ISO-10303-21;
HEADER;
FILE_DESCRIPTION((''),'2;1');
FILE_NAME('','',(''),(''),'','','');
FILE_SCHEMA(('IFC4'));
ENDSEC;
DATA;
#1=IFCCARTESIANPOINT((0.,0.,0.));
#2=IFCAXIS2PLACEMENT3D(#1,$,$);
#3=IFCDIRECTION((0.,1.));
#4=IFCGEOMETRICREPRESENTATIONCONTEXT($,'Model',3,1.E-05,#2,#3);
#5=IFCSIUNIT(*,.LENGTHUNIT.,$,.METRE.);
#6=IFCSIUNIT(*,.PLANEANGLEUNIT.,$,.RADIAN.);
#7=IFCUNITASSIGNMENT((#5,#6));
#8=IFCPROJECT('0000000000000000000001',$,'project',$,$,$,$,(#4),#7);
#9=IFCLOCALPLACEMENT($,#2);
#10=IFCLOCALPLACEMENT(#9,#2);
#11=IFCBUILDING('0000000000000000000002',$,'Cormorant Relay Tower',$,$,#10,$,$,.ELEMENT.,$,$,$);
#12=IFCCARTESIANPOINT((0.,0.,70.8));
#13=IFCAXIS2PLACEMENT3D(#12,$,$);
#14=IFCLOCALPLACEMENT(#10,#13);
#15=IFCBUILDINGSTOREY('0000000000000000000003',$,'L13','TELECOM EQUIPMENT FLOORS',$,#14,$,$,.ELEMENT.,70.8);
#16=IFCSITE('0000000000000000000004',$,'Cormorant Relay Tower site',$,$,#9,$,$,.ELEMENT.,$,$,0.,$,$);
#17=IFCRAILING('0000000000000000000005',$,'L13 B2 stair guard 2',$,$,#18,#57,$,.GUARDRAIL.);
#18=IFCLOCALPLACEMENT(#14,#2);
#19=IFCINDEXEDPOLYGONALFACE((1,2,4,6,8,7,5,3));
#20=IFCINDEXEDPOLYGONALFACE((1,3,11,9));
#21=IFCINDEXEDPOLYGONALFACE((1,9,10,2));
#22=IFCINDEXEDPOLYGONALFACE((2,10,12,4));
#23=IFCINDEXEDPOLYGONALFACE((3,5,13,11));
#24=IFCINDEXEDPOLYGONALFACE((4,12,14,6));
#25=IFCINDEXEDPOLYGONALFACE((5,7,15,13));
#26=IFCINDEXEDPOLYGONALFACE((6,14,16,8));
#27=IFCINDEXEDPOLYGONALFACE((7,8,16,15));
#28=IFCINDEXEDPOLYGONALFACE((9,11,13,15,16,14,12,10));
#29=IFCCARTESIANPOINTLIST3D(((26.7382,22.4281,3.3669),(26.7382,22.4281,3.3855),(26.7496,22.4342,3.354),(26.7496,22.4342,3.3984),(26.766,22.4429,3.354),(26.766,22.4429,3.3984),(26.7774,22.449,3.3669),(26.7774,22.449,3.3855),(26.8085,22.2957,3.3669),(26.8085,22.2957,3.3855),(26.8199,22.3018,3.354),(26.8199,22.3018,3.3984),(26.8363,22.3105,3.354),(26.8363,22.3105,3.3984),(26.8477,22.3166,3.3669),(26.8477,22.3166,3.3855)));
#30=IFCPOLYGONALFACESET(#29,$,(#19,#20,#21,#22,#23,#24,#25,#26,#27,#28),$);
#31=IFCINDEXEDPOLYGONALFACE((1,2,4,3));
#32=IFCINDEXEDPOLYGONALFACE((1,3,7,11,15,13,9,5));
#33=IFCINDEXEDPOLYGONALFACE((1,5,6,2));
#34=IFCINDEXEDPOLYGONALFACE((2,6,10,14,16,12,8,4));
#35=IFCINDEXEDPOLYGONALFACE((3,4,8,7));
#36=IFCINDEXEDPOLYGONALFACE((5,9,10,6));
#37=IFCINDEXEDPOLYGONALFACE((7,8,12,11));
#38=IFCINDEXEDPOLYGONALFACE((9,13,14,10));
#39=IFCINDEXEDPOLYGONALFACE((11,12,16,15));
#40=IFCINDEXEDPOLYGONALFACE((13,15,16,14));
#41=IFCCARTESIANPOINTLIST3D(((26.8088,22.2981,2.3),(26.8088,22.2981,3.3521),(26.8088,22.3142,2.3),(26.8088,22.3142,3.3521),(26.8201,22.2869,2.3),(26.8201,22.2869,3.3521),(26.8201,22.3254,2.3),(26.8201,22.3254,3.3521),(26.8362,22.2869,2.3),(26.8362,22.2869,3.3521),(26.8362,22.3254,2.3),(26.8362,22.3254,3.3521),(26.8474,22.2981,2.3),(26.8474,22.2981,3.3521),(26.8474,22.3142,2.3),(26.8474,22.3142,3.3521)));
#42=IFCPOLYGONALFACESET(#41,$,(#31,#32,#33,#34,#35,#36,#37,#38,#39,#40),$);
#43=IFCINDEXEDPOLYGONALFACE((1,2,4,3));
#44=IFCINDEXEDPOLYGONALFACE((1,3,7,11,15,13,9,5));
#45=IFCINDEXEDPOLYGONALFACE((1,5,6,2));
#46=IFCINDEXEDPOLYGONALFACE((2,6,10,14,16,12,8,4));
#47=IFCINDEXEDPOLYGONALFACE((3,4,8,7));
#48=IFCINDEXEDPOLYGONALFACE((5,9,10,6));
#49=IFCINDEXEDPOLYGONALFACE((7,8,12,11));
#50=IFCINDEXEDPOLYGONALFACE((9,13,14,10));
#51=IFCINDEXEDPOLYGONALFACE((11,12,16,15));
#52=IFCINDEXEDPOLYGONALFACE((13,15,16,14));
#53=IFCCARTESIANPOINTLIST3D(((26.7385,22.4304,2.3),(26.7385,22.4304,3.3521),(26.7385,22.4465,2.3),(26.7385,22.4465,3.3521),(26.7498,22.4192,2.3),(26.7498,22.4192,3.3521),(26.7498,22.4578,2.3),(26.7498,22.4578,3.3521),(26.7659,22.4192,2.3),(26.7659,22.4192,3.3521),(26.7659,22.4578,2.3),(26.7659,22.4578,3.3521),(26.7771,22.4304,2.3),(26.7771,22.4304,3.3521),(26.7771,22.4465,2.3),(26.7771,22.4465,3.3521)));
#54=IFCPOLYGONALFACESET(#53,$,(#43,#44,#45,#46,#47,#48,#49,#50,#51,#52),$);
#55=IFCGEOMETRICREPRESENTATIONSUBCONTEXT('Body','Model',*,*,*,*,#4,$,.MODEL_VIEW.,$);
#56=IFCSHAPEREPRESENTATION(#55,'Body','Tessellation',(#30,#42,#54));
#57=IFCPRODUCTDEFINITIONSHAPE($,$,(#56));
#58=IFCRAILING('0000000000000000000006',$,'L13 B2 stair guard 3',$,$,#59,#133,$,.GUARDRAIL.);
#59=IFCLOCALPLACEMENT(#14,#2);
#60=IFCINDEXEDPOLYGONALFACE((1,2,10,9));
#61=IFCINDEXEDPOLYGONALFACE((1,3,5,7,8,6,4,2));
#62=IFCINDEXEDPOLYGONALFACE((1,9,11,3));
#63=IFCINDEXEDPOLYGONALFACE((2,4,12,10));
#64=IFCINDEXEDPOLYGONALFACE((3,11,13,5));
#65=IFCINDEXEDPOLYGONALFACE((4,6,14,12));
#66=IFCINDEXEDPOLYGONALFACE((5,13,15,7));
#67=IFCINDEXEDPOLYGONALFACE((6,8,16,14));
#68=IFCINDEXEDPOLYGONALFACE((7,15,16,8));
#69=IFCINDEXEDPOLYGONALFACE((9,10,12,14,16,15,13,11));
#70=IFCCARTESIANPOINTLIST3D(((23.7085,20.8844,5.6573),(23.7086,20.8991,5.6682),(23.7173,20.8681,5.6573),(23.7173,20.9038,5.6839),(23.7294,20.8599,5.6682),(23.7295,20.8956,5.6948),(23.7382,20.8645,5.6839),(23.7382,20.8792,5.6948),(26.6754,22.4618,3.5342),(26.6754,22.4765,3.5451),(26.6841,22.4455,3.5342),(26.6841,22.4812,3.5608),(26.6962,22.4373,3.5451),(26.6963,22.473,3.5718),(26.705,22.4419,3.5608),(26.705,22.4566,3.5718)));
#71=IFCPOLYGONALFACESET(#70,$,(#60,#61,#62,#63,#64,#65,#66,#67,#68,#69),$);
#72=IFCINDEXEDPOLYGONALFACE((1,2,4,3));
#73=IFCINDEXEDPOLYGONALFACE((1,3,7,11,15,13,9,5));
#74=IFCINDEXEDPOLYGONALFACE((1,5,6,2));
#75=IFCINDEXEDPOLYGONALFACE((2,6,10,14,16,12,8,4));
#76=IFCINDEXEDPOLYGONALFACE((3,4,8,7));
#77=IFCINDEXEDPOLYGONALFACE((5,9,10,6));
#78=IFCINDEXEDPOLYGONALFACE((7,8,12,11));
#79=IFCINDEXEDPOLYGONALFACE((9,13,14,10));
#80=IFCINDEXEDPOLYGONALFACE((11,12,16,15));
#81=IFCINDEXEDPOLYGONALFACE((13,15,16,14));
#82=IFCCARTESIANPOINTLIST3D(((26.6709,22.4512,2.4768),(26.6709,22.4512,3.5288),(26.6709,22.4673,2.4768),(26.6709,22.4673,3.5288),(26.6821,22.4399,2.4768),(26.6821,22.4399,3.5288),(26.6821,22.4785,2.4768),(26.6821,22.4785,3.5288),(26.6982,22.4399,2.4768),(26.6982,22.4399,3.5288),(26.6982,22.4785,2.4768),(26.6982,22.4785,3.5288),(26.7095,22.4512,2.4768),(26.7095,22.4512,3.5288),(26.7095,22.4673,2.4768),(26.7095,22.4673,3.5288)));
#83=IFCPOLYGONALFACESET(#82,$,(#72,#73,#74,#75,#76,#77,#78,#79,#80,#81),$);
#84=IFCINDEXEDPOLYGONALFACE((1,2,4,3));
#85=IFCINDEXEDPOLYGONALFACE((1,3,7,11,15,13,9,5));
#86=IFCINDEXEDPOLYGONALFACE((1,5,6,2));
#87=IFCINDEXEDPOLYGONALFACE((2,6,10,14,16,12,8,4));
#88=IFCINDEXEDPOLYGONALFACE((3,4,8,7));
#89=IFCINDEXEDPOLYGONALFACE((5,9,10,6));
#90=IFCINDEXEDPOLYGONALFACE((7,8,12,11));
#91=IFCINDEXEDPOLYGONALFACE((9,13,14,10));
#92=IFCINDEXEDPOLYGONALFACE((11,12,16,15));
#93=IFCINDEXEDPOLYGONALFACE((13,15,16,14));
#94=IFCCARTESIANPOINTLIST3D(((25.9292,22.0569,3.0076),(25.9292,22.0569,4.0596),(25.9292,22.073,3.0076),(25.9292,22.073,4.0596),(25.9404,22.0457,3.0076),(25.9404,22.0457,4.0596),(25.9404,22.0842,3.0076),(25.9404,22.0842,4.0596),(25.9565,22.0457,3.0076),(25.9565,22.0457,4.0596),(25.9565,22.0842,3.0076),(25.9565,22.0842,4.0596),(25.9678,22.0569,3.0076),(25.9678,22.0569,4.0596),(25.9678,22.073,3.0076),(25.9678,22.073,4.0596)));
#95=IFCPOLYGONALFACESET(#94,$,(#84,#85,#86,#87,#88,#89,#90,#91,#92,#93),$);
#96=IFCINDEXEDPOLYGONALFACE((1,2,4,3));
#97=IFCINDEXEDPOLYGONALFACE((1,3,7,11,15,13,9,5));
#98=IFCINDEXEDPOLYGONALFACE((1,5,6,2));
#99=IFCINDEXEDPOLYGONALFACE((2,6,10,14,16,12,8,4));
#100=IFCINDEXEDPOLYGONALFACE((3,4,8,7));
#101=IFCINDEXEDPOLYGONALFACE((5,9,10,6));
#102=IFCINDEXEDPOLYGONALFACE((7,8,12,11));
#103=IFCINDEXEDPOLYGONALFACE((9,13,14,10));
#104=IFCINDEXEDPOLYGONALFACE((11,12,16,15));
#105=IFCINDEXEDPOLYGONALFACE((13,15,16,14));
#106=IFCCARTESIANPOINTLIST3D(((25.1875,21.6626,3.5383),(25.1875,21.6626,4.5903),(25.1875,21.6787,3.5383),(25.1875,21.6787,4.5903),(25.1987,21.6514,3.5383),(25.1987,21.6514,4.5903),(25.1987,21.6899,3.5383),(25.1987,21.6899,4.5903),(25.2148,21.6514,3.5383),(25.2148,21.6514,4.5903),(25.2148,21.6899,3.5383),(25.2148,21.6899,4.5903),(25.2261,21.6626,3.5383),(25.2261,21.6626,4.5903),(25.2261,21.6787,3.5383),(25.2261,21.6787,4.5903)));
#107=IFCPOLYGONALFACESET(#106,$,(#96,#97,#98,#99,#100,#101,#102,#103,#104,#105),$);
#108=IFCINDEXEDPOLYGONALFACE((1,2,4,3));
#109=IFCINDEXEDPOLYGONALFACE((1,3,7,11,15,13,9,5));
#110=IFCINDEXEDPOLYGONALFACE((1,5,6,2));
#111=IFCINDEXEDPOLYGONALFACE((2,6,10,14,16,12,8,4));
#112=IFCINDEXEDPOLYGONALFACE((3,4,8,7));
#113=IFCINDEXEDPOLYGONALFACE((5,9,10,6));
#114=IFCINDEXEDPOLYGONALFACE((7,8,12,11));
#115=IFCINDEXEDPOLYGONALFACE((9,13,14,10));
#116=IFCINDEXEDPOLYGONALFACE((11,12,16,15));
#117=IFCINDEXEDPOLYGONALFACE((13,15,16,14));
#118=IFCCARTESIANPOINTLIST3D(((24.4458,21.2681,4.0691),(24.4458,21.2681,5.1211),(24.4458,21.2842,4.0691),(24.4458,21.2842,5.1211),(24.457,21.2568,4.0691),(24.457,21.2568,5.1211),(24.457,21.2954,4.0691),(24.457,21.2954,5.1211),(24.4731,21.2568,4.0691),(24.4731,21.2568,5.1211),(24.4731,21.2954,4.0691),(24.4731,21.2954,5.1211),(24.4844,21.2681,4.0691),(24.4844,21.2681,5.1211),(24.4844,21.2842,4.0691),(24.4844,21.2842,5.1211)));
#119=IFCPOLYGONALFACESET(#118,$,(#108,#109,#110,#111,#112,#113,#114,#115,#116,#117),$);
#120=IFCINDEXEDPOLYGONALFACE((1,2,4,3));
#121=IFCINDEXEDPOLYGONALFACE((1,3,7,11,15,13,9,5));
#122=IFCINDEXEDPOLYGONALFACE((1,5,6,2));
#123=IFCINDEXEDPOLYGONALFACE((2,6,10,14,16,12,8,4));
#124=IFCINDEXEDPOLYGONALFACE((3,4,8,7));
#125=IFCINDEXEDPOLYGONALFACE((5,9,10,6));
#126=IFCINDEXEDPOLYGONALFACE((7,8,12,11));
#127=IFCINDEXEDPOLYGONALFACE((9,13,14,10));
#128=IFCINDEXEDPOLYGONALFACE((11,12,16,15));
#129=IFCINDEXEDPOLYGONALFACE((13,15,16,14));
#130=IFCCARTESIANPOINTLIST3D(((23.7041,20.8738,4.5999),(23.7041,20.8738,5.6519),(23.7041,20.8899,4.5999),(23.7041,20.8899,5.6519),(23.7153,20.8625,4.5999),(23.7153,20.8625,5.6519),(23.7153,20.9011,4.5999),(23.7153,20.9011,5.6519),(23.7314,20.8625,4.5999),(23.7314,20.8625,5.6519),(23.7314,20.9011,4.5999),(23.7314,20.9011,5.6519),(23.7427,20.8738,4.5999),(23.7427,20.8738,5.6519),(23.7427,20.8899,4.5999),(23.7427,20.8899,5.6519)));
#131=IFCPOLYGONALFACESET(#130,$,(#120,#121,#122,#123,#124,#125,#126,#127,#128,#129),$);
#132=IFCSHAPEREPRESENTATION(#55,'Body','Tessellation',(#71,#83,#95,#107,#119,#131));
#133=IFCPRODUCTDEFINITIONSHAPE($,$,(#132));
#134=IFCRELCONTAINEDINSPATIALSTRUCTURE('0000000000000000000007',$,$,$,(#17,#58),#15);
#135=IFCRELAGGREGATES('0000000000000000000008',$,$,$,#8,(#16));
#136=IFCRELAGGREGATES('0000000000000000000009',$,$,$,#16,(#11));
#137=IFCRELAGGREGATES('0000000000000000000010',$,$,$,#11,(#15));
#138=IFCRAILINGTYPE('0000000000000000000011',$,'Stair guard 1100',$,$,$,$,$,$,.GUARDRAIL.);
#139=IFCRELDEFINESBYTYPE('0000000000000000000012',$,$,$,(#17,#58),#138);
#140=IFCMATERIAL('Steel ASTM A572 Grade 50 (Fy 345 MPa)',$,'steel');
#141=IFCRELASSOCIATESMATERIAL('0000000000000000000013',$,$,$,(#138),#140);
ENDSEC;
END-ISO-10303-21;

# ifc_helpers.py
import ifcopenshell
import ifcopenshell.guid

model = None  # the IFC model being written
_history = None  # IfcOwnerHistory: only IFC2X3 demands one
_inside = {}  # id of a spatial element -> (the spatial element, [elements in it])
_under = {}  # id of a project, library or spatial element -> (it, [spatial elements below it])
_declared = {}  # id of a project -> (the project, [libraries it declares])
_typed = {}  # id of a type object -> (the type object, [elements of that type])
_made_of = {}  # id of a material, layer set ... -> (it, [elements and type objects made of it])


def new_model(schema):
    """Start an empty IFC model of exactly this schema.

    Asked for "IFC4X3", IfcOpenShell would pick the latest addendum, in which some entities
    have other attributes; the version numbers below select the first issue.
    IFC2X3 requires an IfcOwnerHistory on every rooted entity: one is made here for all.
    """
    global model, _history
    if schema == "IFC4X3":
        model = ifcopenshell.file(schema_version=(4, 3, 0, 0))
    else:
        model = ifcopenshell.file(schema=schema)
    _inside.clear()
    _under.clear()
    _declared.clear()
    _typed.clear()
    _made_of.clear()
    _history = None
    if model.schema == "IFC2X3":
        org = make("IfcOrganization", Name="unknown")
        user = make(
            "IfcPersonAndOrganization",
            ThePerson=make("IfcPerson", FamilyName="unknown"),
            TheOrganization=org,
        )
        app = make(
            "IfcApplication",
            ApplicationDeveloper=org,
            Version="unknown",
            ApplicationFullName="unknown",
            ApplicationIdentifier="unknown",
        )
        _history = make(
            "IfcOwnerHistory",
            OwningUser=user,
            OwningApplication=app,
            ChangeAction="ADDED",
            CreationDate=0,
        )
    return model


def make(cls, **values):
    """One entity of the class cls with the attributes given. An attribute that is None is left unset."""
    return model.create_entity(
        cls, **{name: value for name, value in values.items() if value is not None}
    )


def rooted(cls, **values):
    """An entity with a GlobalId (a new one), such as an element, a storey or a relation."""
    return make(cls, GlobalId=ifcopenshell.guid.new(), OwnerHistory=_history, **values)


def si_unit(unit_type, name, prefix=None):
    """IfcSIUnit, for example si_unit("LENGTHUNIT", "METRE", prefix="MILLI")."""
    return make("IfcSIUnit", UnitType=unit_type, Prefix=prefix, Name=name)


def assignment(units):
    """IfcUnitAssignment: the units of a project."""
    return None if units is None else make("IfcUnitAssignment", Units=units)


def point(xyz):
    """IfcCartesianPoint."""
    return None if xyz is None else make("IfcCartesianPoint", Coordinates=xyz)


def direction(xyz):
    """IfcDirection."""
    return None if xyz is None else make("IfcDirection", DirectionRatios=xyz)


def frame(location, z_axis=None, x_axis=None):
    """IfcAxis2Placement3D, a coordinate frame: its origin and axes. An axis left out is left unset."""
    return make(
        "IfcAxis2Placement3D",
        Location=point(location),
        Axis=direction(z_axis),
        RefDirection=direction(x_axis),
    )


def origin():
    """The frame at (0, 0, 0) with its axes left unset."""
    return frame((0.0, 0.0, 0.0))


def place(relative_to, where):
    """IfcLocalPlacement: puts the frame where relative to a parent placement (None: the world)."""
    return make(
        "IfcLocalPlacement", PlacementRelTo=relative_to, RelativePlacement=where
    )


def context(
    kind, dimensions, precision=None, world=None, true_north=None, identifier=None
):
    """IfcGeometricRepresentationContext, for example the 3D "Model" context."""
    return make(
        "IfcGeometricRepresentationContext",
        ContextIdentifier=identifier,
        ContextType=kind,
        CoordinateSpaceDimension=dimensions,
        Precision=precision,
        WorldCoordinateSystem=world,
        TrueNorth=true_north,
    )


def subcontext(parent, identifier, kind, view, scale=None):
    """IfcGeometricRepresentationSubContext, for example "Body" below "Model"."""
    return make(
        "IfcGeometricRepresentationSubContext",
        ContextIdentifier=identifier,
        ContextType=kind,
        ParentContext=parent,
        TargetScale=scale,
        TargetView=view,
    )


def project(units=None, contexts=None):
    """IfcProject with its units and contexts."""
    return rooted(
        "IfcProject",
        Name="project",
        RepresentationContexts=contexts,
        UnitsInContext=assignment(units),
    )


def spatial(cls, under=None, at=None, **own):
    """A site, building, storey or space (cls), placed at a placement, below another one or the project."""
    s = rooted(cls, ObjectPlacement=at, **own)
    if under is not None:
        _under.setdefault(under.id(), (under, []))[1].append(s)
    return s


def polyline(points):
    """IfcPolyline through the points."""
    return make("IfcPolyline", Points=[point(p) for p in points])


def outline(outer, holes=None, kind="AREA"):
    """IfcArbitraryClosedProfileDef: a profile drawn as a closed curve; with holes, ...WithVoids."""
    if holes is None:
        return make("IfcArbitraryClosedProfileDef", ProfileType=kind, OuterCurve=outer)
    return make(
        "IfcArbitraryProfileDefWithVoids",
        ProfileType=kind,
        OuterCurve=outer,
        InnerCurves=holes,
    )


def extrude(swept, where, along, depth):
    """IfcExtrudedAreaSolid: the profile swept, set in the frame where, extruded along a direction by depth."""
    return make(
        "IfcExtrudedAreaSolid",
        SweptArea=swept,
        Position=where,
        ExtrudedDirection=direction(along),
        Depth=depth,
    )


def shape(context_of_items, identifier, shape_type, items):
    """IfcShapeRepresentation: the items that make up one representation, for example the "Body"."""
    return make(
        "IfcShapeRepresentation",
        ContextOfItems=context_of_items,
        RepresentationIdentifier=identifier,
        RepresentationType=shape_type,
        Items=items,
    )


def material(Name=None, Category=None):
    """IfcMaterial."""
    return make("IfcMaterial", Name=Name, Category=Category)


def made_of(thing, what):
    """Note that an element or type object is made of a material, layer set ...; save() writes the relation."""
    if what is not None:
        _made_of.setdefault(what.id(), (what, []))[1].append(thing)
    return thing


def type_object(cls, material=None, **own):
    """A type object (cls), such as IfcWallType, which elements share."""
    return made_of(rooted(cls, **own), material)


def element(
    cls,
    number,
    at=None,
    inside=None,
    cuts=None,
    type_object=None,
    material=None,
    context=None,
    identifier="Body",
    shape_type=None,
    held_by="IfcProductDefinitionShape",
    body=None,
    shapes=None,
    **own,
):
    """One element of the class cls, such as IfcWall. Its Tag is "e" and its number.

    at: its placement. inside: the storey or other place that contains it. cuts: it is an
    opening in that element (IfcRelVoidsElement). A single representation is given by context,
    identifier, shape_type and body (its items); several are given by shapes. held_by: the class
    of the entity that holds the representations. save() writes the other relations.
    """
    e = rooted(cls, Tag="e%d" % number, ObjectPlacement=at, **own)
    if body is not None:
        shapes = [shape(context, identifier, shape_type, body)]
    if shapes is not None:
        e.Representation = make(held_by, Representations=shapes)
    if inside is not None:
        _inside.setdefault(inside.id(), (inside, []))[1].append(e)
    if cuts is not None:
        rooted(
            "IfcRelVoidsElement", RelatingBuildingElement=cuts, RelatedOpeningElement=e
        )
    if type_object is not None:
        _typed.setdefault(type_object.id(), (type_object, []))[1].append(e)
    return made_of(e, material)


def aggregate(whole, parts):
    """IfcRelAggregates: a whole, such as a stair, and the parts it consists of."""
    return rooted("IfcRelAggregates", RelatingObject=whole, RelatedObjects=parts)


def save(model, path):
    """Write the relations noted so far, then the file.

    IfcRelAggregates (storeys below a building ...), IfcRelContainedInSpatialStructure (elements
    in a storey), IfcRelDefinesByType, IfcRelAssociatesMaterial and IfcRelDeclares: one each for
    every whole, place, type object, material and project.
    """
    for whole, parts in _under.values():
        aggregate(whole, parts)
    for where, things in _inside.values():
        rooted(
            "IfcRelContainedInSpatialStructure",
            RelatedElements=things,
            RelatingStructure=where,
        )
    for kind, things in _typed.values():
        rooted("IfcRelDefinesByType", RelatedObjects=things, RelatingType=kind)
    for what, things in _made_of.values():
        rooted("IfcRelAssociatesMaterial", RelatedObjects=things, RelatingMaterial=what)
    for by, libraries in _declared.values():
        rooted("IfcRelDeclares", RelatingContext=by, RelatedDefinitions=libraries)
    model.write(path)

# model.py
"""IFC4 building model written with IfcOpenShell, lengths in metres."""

from ifc_helpers import new_model, si_unit, direction, frame, origin, place, context, subcontext, project, spatial, polyline, outline, extrude, material, type_object, element, save


model = new_model("IFC4")

# Units and contexts
model_context = context("Model", 3, precision=1e-05, world=origin(), true_north=direction((0.0, 1.0)))
body_context = subcontext(model_context, "Body", "Model", "MODEL_VIEW")
ifc_project = project(units=[si_unit("LENGTHUNIT", "METRE"), si_unit("PLANEANGLEUNIT", "RADIAN")], contexts=[model_context])

# Site, building, storey
site_placement = place(None, origin())
site = spatial("IfcSite", under=ifc_project, at=site_placement, Name="Cormorant Relay Tower site", CompositionType="ELEMENT", RefElevation=0.0)
building_placement = place(site_placement, origin())
building = spatial("IfcBuilding", under=site, at=building_placement, Name="Cormorant Relay Tower", CompositionType="ELEMENT")
storey_placement = place(building_placement, frame((0.0, 0.0, 70.8)))
storey = spatial("IfcBuildingStorey", under=building, at=storey_placement, Name="L13", Description="TELECOM EQUIPMENT FLOORS", CompositionType="ELEMENT", Elevation=70.8)

# Railings
ifc_material_1 = material(Name="Steel ASTM A572 Grade 50 (Fy 345 MPa)", Category="steel")
railing_type = type_object("IfcRailingType", Name="Stair guard 1100", PredefinedType="GUARDRAIL", material=ifc_material_1)
railing_1_placement = place(storey_placement, frame((26.8281, 22.3062, 2.3)))
element("IfcRailing", 1, at=railing_1_placement, inside=storey, type_object=railing_type, Name="L13 B2 stair guard 2", PredefinedType="GUARDRAIL", context=body_context, shape_type="SweptSolid", body=[
    extrude(outline(polyline([(0.0222, 0.0093), (0.0093, 0.0222), (-0.0093, 0.0222), (-0.0222, 0.0093), (-0.0222, -0.0093), (-0.0093, -0.0222), (0.0093, -0.0222), (0.0222, -0.0093), (0.0222, 0.0093)])), frame((0.0, 0.0, 1.0762), z_axis=(-0.469235, 0.883074, 0.0), x_axis=(-0.883074, -0.469235, 0.0)), (0.0, 0.0, 1.0), 0.1499),
    extrude(outline(polyline([(0.0193, 0.0081), (0.0081, 0.0193), (-0.0081, 0.0193), (-0.0193, 0.0081), (-0.0193, -0.0081), (-0.0081, -0.0193), (0.0081, -0.0193), (0.0193, -0.0081), (0.0193, 0.0081)])), origin(), (0.0, 0.0, 1.0), 1.052),
    extrude(outline(polyline([(0.0193, 0.0081), (0.0081, 0.0193), (-0.0081, 0.0193), (-0.0193, 0.0081), (-0.0193, -0.0081), (-0.0081, -0.0193), (0.0081, -0.0193), (0.0193, -0.0081), (0.0193, 0.0081)])), frame((-0.0703, 0.1323, 0.0)), (0.0, 0.0, 1.0), 1.052),
])
railing_2_placement = place(storey_placement, frame((26.6902, 22.4592, 2.4768)))
element("IfcRailing", 2, at=railing_2_placement, inside=storey, type_object=railing_type, Name="L13 B2 stair guard 3", PredefinedType="GUARDRAIL", context=body_context, shape_type="SweptSolid", body=[
    extrude(outline(polyline([(0.0222, 0.0093), (0.0093, 0.0222), (-0.0093, 0.0222), (-0.0222, 0.0093), (-0.0222, -0.0093), (-0.0093, -0.0222), (0.0093, -0.0222), (0.0222, -0.0093), (0.0222, 0.0093)])), frame((0.0, 0.0, 1.0762), z_axis=(-0.746441, -0.396869, 0.534155), x_axis=(0.469453, -0.882958, 0.0)), (0.0, 0.0, 1.0), 3.9746),
    extrude(outline(polyline([(0.0193, 0.0081), (0.0081, 0.0193), (-0.0081, 0.0193), (-0.0193, 0.0081), (-0.0193, -0.0081), (-0.0081, -0.0193), (0.0081, -0.0193), (0.0193, -0.0081), (0.0193, 0.0081)])), origin(), (0.0, 0.0, 1.0), 1.052),
    extrude(outline(polyline([(0.0193, 0.0081), (0.0081, 0.0193), (-0.0081, 0.0193), (-0.0193, 0.0081), (-0.0193, -0.0081), (-0.0081, -0.0193), (0.0081, -0.0193), (0.0193, -0.0081), (0.0193, 0.0081)])), frame((-0.7417, -0.3943, 0.5308)), (0.0, 0.0, 1.0), 1.052),
    extrude(outline(polyline([(0.0193, 0.0081), (0.0081, 0.0193), (-0.0081, 0.0193), (-0.0193, 0.0081), (-0.0193, -0.0081), (-0.0081, -0.0193), (0.0081, -0.0193), (0.0193, -0.0081), (0.0193, 0.0081)])), frame((-1.4834, -0.7886, 1.0615)), (0.0, 0.0, 1.0), 1.052),
    extrude(outline(polyline([(0.0193, 0.0081), (0.0081, 0.0193), (-0.0081, 0.0193), (-0.0193, 0.0081), (-0.0193, -0.0081), (-0.0081, -0.0193), (0.0081, -0.0193), (0.0193, -0.0081), (0.0193, 0.0081)])), frame((-2.2251, -1.1831, 1.5923)), (0.0, 0.0, 1.0), 1.052),
    extrude(outline(polyline([(0.0193, 0.0081), (0.0081, 0.0193), (-0.0081, 0.0193), (-0.0193, 0.0081), (-0.0193, -0.0081), (-0.0081, -0.0193), (0.0081, -0.0193), (0.0193, -0.0081), (0.0193, 0.0081)])), frame((-2.9668, -1.5774, 2.123)), (0.0, 0.0, 1.0), 1.052),
])

save(model, "model.ifc")
